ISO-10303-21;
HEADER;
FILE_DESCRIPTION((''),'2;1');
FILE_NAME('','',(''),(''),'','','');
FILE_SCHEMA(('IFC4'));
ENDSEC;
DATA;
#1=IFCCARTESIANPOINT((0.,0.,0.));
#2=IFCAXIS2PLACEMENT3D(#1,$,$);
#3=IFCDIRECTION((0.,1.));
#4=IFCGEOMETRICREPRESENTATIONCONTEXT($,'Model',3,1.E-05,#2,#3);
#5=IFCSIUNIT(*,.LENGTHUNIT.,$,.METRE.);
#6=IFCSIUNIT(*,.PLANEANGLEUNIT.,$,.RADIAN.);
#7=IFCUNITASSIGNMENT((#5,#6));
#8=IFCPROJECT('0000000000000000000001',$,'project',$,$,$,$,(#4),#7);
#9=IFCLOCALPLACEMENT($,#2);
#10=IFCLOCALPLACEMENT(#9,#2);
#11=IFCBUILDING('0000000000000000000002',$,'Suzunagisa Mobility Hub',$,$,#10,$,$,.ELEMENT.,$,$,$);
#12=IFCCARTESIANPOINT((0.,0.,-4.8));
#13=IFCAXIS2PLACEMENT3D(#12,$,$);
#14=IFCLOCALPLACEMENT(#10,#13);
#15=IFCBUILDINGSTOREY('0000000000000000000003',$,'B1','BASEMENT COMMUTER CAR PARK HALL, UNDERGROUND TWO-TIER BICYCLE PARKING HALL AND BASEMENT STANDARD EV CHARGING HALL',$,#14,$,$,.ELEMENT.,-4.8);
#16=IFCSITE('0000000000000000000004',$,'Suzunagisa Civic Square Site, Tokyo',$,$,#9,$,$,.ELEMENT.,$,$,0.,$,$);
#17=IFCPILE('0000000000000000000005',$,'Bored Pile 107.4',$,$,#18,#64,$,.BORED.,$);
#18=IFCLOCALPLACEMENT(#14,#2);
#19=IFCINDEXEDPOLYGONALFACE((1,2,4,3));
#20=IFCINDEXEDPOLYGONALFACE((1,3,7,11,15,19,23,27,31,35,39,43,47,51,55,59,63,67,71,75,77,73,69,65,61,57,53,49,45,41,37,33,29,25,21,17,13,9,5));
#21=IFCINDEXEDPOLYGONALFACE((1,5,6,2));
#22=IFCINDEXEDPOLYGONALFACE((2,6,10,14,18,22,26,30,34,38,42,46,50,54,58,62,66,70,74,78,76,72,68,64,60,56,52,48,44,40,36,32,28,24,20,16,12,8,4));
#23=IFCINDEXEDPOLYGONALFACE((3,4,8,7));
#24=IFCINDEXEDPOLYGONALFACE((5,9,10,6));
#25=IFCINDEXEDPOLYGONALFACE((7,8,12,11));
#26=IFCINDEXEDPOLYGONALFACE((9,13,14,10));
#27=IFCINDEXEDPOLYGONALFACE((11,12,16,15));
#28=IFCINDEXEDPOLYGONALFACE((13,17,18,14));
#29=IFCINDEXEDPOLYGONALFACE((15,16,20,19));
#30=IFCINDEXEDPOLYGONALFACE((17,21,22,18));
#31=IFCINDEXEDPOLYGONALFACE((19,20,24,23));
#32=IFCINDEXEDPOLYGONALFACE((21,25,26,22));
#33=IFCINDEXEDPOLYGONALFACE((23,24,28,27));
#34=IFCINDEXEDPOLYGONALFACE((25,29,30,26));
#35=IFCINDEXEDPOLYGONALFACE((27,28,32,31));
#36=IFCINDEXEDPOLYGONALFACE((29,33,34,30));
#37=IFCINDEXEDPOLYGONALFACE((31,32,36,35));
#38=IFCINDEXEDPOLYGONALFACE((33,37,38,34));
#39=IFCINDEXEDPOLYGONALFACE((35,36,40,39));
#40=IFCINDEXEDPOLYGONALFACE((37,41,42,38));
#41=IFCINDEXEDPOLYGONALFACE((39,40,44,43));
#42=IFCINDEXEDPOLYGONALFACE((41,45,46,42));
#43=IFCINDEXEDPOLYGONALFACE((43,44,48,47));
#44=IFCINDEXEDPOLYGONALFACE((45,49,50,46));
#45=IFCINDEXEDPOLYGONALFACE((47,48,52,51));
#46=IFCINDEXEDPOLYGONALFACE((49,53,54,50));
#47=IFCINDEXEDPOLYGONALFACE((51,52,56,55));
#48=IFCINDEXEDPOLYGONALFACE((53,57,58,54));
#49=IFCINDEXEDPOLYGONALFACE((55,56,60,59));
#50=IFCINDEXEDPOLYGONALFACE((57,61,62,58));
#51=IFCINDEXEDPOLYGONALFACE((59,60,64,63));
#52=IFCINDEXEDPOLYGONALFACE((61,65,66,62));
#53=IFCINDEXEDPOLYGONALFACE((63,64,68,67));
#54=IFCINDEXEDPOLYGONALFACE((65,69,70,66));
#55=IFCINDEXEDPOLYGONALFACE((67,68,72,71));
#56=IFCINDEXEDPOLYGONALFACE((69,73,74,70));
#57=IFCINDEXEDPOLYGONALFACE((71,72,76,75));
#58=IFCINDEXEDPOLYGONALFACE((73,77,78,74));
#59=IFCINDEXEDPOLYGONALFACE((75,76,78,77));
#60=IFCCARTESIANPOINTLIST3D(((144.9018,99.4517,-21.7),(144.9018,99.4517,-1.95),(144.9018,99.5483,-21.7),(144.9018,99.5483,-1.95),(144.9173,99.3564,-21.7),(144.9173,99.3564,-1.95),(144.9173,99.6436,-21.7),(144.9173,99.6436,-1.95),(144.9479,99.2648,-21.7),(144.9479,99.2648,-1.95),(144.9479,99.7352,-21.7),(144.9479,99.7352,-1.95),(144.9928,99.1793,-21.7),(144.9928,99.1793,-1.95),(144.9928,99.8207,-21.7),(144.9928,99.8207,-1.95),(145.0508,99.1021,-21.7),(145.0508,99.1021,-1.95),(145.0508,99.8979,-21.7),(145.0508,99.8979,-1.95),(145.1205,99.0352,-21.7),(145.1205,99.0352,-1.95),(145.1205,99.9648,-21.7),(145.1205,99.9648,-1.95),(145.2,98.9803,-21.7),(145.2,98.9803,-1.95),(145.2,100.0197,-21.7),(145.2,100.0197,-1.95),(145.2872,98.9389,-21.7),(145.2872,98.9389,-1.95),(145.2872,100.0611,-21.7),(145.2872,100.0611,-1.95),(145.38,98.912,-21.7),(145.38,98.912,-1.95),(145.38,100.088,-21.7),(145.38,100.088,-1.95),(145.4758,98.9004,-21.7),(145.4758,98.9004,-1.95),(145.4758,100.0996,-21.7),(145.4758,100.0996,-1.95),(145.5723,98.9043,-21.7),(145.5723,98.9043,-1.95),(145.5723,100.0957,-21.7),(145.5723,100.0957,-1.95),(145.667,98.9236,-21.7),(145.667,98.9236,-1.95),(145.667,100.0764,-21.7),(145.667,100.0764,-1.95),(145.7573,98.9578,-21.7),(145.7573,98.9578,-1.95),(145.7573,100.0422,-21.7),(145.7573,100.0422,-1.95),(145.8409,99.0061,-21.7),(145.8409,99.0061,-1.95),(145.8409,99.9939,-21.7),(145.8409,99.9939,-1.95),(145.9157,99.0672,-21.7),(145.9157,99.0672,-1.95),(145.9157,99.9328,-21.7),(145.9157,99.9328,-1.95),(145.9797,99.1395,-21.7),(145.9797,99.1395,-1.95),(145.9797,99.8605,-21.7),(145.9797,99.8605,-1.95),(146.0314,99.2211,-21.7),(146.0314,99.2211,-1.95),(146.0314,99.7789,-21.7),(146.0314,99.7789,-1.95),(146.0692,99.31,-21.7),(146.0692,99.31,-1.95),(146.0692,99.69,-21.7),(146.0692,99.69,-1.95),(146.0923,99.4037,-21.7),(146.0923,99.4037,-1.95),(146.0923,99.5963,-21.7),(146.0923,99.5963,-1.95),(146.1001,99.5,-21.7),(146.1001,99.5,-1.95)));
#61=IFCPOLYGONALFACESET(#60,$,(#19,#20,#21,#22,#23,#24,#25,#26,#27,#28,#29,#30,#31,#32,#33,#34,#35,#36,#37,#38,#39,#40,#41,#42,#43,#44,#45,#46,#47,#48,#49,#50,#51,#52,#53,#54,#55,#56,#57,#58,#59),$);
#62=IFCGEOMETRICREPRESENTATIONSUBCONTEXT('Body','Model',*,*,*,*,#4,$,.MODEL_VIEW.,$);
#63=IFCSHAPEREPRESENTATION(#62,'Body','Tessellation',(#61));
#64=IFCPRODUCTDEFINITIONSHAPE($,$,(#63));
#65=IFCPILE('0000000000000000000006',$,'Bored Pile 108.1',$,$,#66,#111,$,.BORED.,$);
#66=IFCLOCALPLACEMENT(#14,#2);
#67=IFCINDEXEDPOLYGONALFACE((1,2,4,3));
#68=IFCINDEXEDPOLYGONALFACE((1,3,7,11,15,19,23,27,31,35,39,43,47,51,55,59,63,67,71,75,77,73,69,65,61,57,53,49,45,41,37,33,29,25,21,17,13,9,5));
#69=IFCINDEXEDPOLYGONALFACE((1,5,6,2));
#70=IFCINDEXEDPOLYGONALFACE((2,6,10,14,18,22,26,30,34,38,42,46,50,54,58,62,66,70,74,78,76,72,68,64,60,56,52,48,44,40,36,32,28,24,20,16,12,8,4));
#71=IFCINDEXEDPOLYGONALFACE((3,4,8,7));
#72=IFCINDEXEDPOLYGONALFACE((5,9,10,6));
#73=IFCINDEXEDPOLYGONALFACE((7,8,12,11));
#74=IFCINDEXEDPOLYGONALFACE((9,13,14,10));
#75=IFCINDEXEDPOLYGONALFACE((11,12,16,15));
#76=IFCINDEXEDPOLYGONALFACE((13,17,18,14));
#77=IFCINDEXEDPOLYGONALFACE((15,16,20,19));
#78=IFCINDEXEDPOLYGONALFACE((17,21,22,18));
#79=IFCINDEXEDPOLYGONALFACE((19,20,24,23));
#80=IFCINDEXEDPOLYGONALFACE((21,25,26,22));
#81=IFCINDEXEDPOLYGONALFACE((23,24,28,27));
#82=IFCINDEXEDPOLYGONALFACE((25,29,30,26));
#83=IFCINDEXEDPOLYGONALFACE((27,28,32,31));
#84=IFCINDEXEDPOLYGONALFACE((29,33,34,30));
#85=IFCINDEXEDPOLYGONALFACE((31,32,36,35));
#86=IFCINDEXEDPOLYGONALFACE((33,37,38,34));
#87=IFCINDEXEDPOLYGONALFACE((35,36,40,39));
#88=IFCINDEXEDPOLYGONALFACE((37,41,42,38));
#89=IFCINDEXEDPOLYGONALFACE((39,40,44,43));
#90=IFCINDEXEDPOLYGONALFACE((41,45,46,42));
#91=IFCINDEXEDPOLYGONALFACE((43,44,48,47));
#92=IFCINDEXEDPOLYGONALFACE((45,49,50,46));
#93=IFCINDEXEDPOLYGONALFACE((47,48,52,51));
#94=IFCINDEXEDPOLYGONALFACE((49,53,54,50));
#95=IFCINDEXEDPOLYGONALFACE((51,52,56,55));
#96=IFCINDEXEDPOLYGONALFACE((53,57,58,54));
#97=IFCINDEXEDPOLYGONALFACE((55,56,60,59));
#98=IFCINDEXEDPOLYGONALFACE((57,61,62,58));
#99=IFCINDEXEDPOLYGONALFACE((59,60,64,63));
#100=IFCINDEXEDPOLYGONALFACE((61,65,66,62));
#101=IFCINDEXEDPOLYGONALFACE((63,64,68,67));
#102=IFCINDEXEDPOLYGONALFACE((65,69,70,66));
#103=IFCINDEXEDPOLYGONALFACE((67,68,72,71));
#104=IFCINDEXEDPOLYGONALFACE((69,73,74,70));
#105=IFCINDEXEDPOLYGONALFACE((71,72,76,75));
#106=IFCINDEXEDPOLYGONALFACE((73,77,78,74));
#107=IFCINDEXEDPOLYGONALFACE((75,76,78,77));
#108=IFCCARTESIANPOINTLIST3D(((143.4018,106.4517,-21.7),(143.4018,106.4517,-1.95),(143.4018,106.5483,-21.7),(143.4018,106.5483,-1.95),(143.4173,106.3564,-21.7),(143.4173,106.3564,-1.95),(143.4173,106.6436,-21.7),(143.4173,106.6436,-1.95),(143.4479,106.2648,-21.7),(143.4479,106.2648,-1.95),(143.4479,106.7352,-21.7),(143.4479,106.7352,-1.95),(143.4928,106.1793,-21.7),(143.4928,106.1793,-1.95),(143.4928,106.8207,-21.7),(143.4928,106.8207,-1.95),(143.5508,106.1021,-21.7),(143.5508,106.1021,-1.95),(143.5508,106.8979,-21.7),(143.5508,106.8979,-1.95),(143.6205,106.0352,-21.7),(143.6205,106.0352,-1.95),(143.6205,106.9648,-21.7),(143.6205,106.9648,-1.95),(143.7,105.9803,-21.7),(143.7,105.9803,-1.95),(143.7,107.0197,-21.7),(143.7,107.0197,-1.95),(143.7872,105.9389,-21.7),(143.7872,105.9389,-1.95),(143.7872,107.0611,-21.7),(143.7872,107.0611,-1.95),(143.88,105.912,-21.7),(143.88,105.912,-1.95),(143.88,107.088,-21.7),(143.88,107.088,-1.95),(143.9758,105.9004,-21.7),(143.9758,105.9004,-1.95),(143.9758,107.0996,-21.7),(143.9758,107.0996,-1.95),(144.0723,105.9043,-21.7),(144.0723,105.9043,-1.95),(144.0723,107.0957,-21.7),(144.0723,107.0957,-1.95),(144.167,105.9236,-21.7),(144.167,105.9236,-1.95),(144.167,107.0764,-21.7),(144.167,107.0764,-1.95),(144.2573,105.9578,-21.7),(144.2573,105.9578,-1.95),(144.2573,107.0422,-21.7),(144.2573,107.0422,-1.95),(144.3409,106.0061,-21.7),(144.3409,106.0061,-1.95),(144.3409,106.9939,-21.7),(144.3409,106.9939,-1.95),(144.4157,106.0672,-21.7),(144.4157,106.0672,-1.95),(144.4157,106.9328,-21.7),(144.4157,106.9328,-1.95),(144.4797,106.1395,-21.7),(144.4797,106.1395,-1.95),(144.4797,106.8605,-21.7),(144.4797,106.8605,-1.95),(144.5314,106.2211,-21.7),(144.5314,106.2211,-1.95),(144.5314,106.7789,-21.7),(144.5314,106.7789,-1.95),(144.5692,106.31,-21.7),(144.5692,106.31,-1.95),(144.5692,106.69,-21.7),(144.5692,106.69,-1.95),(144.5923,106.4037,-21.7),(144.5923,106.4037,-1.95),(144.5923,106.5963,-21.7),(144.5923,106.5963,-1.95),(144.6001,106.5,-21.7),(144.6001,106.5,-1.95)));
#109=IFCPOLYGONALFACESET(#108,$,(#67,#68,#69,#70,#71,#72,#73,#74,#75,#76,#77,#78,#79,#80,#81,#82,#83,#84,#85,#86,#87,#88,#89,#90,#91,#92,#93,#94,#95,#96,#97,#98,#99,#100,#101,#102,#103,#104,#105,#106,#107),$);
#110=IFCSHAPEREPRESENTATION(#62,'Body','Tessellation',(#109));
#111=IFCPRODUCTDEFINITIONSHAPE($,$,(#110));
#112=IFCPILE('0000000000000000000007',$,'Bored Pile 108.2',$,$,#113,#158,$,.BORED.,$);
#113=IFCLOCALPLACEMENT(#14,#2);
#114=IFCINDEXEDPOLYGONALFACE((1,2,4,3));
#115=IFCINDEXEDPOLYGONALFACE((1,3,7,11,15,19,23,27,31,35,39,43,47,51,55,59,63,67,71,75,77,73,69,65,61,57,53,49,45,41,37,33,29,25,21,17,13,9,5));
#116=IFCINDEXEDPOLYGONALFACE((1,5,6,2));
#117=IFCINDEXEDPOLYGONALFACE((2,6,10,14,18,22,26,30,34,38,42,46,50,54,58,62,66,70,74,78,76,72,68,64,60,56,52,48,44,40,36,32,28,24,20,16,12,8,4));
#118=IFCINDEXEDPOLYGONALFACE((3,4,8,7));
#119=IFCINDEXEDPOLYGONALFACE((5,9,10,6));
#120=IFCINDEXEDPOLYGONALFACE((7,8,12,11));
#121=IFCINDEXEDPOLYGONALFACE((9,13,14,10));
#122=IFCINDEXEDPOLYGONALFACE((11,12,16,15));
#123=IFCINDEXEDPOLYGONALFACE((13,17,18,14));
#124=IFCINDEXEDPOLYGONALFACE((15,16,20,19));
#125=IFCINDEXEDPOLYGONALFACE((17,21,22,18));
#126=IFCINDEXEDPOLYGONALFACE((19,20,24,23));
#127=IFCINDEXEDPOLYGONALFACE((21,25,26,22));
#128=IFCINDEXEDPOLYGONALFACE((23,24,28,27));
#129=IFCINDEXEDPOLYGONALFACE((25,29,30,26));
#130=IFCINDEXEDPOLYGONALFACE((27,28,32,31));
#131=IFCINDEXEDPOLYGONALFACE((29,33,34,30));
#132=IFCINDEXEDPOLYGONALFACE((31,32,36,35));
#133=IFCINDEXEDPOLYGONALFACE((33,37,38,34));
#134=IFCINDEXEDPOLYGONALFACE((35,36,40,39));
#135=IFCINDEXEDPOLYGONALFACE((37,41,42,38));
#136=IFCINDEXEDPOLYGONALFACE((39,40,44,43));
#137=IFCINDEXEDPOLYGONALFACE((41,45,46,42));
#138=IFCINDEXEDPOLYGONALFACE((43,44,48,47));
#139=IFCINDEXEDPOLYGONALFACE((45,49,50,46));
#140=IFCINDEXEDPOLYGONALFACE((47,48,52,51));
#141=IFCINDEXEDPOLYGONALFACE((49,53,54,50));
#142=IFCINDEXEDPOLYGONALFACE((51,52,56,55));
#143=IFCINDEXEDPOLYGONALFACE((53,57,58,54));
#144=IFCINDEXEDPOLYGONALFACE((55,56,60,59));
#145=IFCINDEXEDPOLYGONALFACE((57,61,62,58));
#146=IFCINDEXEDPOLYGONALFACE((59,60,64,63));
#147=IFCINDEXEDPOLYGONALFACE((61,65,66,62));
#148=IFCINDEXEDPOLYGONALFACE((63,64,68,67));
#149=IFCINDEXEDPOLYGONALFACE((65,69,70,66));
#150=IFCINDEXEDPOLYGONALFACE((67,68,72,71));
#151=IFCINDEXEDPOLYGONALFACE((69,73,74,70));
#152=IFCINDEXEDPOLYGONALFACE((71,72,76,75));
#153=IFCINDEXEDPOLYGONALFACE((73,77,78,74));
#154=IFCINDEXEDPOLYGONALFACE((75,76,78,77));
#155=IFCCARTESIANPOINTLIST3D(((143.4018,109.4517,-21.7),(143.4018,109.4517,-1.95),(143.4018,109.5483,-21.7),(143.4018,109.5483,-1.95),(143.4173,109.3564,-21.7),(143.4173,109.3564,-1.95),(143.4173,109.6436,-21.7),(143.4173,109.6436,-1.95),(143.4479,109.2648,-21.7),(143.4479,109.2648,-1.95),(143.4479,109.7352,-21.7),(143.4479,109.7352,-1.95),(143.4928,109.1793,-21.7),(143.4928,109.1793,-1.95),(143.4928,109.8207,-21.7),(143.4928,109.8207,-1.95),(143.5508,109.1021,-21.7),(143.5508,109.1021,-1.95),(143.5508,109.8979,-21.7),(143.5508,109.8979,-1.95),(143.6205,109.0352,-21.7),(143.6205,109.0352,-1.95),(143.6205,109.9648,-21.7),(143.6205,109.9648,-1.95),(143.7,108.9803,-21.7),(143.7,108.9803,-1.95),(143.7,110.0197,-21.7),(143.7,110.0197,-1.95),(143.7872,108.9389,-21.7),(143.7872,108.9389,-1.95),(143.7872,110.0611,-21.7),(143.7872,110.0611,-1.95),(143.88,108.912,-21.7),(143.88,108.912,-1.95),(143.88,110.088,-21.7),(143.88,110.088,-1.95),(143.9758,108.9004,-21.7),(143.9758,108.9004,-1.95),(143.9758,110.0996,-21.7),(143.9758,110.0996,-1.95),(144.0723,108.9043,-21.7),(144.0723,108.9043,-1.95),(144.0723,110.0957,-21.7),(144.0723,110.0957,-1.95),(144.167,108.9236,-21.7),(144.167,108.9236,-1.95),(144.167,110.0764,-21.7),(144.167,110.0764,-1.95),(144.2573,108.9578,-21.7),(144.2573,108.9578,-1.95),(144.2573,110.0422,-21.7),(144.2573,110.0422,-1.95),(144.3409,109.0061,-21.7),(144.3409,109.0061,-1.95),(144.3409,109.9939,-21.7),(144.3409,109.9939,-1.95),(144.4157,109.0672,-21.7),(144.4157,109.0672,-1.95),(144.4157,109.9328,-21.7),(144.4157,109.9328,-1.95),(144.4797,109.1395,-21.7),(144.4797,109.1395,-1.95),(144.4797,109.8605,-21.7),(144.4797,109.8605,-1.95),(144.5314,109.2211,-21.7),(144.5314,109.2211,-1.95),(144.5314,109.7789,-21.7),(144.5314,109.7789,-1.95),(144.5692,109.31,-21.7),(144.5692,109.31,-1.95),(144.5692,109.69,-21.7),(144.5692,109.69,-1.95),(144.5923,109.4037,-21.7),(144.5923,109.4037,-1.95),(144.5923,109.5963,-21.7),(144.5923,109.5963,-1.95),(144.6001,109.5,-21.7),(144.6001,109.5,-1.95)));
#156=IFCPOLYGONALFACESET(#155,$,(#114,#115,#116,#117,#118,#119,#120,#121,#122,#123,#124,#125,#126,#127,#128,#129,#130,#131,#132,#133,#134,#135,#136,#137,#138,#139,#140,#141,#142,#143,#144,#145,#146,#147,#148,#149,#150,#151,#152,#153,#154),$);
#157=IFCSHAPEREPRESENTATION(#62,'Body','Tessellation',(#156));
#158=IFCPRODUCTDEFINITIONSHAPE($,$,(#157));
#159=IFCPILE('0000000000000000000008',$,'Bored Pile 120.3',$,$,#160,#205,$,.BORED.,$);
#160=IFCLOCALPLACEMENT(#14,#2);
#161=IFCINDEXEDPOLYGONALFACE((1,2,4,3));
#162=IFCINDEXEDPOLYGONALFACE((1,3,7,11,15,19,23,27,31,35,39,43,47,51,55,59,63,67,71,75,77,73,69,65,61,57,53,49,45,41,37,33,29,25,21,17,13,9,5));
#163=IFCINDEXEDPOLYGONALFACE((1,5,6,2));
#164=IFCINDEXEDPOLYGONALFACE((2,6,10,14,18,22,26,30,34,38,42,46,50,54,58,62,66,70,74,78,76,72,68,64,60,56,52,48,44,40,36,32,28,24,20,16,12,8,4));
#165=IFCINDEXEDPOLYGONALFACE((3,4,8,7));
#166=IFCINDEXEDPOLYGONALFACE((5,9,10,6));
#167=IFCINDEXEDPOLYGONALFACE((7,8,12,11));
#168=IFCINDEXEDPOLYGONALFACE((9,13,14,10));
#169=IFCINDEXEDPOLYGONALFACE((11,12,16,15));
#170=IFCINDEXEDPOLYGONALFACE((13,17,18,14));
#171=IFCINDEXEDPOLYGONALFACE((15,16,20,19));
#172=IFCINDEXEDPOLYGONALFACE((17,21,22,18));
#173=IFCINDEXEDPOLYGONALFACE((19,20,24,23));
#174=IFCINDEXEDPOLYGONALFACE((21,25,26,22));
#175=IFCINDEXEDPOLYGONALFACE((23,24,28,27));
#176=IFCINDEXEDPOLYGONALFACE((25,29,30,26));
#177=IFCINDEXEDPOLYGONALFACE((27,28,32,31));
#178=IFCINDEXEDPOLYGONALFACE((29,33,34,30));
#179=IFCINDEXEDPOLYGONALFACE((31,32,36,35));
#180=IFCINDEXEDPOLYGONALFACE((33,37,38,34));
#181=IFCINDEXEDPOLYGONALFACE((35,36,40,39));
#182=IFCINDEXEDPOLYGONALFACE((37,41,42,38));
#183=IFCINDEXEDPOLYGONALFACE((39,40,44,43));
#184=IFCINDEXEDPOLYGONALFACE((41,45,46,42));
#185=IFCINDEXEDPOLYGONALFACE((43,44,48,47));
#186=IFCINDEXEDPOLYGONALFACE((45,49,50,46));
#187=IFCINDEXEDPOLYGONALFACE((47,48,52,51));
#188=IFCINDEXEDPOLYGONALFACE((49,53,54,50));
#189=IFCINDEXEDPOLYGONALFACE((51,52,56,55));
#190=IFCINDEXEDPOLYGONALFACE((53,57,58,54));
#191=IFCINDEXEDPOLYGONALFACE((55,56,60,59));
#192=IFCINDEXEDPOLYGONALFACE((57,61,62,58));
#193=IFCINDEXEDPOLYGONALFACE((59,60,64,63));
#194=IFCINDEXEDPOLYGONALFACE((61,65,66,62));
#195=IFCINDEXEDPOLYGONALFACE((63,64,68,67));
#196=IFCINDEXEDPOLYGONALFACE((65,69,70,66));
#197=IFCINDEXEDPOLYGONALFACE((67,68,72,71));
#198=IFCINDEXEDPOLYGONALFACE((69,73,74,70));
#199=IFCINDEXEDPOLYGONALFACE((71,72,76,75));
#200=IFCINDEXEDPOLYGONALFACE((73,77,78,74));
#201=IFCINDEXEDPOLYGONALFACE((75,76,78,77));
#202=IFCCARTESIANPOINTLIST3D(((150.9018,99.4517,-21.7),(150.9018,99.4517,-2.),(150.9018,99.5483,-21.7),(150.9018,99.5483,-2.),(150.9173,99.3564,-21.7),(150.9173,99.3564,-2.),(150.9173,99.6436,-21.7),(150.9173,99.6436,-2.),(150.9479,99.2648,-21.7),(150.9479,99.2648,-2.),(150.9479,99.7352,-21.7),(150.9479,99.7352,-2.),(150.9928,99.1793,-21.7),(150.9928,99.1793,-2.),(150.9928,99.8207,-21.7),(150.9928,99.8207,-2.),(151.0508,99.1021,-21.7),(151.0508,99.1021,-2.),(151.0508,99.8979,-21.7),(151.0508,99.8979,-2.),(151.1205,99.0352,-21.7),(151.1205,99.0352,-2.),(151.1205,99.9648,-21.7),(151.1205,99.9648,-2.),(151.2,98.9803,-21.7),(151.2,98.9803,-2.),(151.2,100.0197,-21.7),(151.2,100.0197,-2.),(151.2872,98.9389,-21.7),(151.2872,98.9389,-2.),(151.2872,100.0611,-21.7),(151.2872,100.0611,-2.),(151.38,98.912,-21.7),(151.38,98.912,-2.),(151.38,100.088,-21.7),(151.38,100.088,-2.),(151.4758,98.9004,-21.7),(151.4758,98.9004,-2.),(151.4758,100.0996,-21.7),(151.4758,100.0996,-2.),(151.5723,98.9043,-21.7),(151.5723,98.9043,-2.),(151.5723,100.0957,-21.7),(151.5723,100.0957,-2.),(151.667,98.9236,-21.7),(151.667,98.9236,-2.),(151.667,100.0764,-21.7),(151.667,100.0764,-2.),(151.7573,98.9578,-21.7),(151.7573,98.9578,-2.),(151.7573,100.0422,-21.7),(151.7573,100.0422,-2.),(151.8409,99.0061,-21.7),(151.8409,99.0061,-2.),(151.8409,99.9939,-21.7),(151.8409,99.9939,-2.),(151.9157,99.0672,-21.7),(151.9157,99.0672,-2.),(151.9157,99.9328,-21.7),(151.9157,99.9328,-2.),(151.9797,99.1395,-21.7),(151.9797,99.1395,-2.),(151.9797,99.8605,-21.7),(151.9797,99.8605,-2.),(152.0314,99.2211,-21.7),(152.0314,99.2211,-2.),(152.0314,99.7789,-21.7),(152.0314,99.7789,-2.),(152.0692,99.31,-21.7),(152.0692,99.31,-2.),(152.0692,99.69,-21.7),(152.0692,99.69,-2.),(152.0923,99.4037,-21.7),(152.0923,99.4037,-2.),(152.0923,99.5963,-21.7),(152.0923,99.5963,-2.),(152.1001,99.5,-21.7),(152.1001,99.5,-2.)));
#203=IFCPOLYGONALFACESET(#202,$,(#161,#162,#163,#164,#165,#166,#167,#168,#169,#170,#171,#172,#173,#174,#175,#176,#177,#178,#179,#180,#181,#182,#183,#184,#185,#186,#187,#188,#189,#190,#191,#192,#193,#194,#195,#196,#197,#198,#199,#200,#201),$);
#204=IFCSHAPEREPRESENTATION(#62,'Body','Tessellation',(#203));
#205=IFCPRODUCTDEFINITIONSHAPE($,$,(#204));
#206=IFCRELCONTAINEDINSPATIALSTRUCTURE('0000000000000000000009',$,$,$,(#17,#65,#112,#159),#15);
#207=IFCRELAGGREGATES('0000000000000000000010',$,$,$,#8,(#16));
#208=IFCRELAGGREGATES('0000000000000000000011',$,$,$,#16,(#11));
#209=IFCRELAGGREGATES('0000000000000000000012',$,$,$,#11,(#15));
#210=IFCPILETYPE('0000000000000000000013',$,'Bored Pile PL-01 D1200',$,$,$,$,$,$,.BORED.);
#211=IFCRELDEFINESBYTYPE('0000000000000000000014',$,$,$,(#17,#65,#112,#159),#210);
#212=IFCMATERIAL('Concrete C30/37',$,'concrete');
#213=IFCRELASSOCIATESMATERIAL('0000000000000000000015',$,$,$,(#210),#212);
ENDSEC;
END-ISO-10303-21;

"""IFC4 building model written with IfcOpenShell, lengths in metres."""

from ifc_helpers import new_model, si_unit, direction, frame, origin, origin_2d, place, context, subcontext, project, spatial, circle, extrude, material, material_profile, profile_set, type_object, element, save


model = new_model("IFC4")

# Units and contexts
model_context = context("Model", 3, precision=1e-05, world=origin(), true_north=direction((0.0, 1.0)))
body_context = subcontext(model_context, "Body", "Model", "MODEL_VIEW")
ifc_project = project(units=[si_unit("LENGTHUNIT", "METRE"), si_unit("PLANEANGLEUNIT", "RADIAN")], contexts=[model_context])

# Site, building, storey
site_placement = place(None, origin())
site = spatial("IfcSite", under=ifc_project, at=site_placement, Name="Suzunagisa Civic Square Site, Tokyo", CompositionType="ELEMENT", RefElevation=0.0)
building_placement = place(site_placement, origin())
building = spatial("IfcBuilding", under=site, at=building_placement, Name="Suzunagisa Mobility Hub", CompositionType="ELEMENT")
storey_placement = place(building_placement, frame((0.0, 0.0, -4.8)))
storey = spatial("IfcBuildingStorey", under=building, at=storey_placement, Name="B1", Description="BASEMENT COMMUTER CAR PARK HALL, UNDERGROUND TWO-TIER BICYCLE PARKING HALL AND BASEMENT STANDARD EV CHARGING HALL", CompositionType="ELEMENT", Elevation=-4.8)

# Piles
ifc_material_1 = material(Name="Concrete C30/37", Category="concrete")
ifc_material_profile_1 = material_profile(ifc_material_1, circle(Radius=0.6001, at=origin_2d()), Name="BORED PILE D1200")
ifc_profile_set_1 = profile_set([ifc_material_profile_1], Name="Concrete C30/37")
pile_type = type_object("IfcPileType", Name="Bored Pile PL-01 D1200", PredefinedType="BORED", material=ifc_profile_set_1)
for number, where, z_axis, x_axis, name in (
    (1, (145.5, 99.5, -1.95), (0.0, 0.0, -1.0), (1.0, 0.0, 0.0), "Bored Pile 107.4"),
    (2, (144.0, 106.5, -1.95), (0.0, 0.0, -1.0), (1.0, 0.0, 0.0), "Bored Pile 108.1"),
    (3, (144.0, 109.5, -1.95), (0.0, 0.0, -1.0), (1.0, 0.0, 0.0), "Bored Pile 108.2"),
):
    element("IfcPile", number, at=place(storey_placement, frame(where, z_axis=z_axis, x_axis=x_axis)), inside=storey, type_object=pile_type, Name=name, PredefinedType="BORED", context=body_context, shape_type="SweptSolid", body=[
        extrude(circle(Radius=0.6001, at=origin_2d()), origin(), (0.0, 0.0, 1.0), 19.75),
    ])
pile_1_placement = place(storey_placement, frame((151.5, 99.5, -2.0), z_axis=(0.0, 0.0, -1.0), x_axis=(1.0, 0.0, 0.0)))
element("IfcPile", 4, at=pile_1_placement, inside=storey, type_object=pile_type, Name="Bored Pile 120.3", PredefinedType="BORED", context=body_context, shape_type="SweptSolid", body=[
    extrude(circle(Radius=0.6001, at=origin_2d()), origin(), (0.0, 0.0, 1.0), 19.7),
])

save(model, "model.ifc")
